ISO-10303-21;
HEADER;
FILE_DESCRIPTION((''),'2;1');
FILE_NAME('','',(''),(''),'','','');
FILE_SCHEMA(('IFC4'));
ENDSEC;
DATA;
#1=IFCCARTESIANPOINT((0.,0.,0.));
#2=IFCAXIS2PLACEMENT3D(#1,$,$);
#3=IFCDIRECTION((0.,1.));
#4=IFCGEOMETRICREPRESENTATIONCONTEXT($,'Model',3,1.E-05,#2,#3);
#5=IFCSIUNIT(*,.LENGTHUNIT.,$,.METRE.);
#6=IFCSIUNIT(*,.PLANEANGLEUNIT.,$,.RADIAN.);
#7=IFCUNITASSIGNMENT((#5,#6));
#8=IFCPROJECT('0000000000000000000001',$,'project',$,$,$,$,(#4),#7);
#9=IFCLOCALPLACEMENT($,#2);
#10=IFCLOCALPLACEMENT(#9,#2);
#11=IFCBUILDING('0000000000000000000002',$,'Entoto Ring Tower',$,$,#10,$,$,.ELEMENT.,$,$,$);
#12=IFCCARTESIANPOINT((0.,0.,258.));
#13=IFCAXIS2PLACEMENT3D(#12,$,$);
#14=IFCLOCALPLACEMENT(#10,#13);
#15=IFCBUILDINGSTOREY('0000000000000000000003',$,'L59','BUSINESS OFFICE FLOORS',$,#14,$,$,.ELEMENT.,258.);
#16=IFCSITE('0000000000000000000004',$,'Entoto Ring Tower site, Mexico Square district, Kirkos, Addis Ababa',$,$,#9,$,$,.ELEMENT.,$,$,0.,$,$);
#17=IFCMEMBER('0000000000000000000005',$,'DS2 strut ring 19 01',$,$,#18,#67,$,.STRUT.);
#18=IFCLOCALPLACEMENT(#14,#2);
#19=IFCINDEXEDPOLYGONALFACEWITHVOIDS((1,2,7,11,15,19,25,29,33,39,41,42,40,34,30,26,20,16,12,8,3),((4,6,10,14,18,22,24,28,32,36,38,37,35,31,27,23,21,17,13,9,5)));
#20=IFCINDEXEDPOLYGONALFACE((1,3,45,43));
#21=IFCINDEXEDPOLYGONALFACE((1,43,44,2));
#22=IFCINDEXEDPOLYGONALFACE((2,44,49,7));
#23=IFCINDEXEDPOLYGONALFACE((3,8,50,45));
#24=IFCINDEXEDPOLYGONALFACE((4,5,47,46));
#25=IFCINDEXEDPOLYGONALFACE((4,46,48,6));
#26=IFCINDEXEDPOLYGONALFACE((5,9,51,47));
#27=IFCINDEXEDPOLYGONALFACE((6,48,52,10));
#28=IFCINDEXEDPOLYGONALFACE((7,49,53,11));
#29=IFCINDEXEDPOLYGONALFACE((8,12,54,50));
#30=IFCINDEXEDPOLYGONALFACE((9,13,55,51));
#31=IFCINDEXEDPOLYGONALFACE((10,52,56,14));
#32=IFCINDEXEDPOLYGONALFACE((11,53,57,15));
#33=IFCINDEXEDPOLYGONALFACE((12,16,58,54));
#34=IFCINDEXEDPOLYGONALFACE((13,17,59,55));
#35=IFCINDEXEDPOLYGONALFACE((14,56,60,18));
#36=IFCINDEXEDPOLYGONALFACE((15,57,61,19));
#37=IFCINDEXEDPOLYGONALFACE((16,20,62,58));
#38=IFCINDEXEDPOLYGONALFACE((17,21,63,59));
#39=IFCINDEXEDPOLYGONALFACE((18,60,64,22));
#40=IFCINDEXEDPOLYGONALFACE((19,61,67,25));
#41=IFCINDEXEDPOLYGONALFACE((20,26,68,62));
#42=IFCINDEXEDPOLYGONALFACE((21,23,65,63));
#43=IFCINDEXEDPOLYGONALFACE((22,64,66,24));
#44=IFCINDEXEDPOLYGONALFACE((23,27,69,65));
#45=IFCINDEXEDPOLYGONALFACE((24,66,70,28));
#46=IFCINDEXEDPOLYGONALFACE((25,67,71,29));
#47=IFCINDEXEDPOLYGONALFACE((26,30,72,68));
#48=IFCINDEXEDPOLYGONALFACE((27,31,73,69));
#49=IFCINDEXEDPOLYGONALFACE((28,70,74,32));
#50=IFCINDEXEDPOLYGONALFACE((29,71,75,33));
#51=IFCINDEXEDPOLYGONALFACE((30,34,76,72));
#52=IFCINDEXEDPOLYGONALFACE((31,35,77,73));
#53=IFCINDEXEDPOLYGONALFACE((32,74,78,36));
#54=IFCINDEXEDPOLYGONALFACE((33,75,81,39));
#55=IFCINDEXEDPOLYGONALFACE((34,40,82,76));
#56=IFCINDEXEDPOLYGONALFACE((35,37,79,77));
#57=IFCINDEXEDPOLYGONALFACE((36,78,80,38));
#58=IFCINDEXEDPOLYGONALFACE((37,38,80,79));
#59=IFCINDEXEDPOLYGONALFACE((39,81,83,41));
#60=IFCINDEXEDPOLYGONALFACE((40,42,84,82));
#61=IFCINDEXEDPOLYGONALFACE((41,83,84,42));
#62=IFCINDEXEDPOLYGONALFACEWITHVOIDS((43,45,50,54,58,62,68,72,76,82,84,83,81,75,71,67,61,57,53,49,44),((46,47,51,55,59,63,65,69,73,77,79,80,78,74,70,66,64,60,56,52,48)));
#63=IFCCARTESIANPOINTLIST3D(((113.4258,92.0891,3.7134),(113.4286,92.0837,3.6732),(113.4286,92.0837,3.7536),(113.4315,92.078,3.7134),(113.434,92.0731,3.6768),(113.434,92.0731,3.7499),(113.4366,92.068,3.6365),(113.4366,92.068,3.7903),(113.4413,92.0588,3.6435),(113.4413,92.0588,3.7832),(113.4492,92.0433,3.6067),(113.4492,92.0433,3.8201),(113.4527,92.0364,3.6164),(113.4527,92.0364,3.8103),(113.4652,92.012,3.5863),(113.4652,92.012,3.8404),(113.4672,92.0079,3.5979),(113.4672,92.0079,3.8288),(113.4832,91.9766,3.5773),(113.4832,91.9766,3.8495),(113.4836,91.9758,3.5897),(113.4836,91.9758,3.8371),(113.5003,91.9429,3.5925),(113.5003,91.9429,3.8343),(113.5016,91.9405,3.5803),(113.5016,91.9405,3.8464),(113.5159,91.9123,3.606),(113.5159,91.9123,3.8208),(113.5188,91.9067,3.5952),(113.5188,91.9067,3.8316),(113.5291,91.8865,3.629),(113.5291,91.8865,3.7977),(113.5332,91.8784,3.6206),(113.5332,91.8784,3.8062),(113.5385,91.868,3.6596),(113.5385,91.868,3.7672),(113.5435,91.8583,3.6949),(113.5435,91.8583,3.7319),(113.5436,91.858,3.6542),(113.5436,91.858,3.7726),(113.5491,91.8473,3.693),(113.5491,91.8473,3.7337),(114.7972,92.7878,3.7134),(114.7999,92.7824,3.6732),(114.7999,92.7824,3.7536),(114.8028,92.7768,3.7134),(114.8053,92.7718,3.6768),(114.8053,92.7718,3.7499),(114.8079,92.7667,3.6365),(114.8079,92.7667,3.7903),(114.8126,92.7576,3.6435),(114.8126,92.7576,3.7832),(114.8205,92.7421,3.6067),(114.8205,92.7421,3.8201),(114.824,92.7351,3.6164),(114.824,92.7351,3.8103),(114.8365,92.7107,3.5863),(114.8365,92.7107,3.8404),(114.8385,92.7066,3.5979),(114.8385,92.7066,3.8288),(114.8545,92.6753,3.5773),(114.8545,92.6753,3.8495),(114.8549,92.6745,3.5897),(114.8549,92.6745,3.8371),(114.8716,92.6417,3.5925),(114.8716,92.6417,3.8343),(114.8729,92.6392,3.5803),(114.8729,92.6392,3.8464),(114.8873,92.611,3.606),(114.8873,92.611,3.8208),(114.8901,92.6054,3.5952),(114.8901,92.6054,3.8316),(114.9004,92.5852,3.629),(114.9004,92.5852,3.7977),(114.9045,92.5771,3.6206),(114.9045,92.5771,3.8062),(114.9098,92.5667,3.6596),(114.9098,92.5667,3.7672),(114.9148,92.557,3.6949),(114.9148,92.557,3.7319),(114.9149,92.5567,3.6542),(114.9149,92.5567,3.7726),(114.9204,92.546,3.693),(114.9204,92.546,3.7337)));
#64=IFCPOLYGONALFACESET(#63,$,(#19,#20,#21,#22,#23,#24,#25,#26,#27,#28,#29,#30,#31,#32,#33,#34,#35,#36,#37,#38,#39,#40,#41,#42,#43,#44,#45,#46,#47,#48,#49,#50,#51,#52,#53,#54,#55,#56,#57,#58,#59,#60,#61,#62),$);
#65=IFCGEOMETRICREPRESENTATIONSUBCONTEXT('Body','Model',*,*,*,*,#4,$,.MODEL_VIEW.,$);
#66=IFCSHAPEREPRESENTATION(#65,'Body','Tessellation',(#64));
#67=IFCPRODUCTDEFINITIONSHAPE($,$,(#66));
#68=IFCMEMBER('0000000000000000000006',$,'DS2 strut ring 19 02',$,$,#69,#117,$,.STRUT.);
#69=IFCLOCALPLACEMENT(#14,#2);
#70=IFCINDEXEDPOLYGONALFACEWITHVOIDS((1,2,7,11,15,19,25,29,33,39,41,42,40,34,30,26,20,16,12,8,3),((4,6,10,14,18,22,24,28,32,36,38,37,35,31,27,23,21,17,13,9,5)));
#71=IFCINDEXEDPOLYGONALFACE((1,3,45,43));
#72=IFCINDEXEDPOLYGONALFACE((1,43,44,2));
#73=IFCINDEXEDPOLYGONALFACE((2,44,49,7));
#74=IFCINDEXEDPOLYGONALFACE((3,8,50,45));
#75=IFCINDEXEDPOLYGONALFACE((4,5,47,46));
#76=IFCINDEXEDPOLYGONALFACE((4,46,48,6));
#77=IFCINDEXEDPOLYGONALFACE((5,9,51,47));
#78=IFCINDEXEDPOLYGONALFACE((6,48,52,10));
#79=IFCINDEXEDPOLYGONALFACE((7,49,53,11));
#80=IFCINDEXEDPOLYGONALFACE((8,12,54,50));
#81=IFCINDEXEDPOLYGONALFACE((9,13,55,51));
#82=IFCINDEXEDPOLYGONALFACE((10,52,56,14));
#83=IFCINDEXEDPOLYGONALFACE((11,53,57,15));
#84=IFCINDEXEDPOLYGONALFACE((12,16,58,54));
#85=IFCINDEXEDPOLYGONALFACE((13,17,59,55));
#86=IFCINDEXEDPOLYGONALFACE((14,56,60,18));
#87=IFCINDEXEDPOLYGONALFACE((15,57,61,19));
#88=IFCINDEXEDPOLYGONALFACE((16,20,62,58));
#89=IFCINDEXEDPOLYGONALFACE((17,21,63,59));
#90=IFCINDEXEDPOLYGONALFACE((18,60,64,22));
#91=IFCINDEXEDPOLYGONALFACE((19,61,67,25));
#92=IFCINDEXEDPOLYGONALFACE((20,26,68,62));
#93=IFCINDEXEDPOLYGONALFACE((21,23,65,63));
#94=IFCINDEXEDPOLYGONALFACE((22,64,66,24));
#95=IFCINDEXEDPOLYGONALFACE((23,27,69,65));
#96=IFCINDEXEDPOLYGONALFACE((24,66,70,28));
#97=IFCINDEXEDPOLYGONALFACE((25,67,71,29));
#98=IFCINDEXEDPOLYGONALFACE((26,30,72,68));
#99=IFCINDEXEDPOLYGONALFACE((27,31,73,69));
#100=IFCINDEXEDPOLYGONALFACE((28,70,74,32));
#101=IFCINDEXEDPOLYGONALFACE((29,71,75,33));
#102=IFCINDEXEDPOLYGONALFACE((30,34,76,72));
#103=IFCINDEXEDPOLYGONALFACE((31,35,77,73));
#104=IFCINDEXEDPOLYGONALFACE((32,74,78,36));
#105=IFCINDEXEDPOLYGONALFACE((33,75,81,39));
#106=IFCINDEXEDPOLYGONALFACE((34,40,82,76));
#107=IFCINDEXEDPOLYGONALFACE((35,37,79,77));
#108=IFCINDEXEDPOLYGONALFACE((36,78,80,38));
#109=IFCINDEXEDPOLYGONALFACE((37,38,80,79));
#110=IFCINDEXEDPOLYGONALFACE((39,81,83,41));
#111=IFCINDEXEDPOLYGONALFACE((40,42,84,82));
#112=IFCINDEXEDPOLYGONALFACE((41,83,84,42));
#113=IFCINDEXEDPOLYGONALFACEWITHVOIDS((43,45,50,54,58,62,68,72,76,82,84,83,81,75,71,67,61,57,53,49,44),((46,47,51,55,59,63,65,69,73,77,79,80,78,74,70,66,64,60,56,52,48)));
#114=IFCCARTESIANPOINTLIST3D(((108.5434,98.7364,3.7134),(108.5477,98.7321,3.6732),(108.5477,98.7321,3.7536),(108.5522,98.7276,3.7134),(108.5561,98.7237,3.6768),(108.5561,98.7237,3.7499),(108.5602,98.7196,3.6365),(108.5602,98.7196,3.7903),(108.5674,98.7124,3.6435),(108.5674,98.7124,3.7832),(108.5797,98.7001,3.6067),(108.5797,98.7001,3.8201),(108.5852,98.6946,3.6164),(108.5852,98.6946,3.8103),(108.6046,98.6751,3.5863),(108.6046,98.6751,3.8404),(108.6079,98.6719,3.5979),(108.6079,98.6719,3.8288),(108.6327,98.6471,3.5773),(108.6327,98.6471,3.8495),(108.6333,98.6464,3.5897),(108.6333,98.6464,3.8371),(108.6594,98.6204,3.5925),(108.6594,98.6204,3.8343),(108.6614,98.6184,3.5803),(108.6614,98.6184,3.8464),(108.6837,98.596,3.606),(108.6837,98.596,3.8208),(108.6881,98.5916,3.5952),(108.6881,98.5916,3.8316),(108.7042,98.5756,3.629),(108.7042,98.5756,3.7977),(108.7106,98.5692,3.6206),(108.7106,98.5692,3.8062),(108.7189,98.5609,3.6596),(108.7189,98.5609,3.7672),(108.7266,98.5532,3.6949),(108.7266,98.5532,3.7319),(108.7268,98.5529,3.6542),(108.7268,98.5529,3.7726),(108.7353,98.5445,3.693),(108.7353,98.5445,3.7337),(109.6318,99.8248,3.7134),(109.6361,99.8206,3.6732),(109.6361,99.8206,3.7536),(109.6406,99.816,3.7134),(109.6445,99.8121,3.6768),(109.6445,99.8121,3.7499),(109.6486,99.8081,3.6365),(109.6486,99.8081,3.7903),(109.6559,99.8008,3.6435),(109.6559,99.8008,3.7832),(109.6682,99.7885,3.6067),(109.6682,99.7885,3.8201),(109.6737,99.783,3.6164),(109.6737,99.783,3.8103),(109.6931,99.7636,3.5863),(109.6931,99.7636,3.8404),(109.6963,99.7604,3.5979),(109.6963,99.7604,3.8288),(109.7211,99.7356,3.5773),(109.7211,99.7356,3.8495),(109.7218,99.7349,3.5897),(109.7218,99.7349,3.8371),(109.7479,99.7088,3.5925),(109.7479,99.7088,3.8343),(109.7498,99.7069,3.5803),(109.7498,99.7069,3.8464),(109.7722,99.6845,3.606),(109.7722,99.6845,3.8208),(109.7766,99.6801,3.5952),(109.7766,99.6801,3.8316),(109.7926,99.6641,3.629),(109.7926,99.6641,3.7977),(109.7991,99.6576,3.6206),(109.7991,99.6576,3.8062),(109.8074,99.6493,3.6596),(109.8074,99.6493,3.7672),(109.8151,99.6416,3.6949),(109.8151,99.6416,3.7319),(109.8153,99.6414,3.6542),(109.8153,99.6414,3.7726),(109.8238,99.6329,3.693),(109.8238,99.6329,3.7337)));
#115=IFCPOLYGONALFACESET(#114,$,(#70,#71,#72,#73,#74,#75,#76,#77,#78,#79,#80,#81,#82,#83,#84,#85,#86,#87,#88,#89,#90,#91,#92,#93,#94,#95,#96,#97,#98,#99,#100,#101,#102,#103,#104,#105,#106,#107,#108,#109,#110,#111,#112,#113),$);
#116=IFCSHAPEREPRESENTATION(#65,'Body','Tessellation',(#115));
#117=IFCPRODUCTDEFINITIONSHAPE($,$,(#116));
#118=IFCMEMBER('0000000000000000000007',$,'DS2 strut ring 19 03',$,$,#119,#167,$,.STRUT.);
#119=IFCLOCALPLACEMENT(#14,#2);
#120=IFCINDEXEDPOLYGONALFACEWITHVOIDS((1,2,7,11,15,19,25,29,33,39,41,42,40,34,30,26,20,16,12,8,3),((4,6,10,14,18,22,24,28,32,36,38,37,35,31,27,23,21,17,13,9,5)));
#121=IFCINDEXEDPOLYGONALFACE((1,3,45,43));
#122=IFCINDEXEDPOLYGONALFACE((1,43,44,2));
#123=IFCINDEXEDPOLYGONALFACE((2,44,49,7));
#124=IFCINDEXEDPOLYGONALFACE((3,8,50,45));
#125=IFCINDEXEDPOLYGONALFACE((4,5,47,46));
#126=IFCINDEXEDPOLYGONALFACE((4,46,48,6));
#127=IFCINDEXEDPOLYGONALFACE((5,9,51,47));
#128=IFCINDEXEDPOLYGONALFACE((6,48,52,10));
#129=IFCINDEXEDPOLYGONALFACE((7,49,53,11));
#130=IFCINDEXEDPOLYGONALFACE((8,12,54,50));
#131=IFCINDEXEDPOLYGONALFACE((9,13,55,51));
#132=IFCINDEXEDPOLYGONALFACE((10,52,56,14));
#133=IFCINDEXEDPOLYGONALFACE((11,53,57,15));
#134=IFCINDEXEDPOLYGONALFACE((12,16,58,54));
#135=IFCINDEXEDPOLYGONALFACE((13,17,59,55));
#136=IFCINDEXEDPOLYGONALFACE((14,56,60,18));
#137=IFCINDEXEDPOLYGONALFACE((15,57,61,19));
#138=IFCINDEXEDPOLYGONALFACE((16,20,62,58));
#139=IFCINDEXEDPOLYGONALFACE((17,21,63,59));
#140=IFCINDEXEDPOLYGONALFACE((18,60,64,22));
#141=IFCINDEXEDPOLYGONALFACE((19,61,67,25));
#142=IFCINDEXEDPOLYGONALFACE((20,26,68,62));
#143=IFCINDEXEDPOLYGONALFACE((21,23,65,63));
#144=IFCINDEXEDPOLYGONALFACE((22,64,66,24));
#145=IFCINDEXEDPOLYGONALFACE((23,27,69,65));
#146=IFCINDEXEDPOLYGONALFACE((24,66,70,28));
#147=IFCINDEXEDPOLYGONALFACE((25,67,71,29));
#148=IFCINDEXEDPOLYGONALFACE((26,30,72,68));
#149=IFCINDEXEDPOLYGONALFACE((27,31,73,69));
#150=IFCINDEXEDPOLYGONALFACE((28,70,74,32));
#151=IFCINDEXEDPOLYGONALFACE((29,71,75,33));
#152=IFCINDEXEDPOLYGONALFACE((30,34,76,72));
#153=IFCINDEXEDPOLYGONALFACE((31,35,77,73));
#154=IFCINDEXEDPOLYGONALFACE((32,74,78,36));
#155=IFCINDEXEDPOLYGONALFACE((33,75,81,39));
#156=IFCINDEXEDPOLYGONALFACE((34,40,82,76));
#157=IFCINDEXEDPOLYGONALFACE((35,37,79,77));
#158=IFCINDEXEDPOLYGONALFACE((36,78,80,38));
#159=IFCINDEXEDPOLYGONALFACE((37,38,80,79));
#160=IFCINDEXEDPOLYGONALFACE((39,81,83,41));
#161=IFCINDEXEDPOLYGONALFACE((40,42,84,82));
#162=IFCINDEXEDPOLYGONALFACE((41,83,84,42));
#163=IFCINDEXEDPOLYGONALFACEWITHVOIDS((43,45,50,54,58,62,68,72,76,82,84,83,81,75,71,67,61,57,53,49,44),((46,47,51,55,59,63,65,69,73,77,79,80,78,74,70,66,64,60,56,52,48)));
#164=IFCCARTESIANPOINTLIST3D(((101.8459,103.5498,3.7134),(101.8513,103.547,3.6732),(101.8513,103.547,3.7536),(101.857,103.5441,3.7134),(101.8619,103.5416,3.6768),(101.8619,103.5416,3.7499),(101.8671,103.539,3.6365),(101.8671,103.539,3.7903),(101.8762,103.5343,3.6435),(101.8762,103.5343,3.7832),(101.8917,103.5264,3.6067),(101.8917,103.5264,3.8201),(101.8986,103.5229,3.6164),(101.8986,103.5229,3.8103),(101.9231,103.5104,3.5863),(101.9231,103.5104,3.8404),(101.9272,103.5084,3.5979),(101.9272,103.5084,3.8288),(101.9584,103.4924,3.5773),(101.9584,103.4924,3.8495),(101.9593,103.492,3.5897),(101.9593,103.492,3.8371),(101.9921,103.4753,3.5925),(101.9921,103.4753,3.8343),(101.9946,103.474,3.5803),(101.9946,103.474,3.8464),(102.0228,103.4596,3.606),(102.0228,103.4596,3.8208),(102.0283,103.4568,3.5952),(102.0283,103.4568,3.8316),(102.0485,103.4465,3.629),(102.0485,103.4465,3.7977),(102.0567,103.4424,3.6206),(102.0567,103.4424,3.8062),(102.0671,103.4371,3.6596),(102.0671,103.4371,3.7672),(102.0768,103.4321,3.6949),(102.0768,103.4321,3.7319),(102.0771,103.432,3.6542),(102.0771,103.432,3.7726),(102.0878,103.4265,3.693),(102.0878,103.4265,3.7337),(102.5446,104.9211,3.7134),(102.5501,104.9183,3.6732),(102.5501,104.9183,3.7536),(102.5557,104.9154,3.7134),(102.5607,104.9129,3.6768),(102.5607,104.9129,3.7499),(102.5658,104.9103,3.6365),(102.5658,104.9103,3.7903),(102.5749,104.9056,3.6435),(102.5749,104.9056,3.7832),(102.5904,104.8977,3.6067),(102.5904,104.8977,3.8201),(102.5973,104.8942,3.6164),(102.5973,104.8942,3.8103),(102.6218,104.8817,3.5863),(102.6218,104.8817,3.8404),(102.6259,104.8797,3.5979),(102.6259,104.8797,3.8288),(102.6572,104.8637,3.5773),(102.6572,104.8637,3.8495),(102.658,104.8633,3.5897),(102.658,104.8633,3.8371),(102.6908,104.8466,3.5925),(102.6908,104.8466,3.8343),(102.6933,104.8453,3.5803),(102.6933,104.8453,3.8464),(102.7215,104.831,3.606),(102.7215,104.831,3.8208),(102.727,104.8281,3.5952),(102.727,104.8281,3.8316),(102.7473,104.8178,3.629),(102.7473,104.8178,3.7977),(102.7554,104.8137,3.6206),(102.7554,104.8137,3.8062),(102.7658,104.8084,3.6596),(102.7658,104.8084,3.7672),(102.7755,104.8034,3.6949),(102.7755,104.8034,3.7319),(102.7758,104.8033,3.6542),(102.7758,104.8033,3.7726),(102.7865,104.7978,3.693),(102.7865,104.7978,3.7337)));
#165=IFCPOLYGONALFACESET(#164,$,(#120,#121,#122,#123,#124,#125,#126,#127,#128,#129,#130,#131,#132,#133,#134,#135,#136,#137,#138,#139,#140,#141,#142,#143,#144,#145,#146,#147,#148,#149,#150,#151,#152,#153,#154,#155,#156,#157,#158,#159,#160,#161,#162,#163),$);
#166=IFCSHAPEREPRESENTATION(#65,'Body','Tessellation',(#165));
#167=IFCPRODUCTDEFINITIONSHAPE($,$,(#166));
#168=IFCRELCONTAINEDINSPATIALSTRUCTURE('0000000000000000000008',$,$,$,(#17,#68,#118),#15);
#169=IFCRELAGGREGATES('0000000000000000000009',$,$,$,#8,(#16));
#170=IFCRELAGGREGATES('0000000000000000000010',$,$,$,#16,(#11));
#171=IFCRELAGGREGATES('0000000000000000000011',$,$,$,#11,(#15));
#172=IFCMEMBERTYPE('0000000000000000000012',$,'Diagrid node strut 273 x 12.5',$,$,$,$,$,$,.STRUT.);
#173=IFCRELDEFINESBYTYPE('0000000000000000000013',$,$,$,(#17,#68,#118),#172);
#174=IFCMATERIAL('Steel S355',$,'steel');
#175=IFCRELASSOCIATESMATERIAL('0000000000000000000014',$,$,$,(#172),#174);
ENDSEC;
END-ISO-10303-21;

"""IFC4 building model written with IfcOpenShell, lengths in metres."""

from ifc_helpers import new_model, si_unit, direction, frame, origin, origin_2d, place, context, subcontext, project, spatial, circle, hollow_circle, extrude, material, material_profile, profile_set, type_object, element, save


model = new_model("IFC4")

# Units and contexts
model_context = context("Model", 3, precision=1e-05, world=origin(), true_north=direction((0.0, 1.0)))
body_context = subcontext(model_context, "Body", "Model", "MODEL_VIEW")
ifc_project = project(units=[si_unit("LENGTHUNIT", "METRE"), si_unit("PLANEANGLEUNIT", "RADIAN")], contexts=[model_context])

# Site, building, storey
site_placement = place(None, origin())
site = spatial("IfcSite", under=ifc_project, at=site_placement, Name="Entoto Ring Tower site, Mexico Square district, Kirkos, Addis Ababa", CompositionType="ELEMENT", RefElevation=0.0)
building_placement = place(site_placement, origin())
building = spatial("IfcBuilding", under=site, at=building_placement, Name="Entoto Ring Tower", CompositionType="ELEMENT")
storey_placement = place(building_placement, frame((0.0, 0.0, 258.0)))
storey = spatial("IfcBuildingStorey", under=building, at=storey_placement, Name="L59", Description="BUSINESS OFFICE FLOORS", CompositionType="ELEMENT", Elevation=258.0)

# Members
ifc_material_1 = material(Name="Steel S355", Category="steel")
ifc_material_profile_1 = material_profile(ifc_material_1, hollow_circle(Radius=0.1365, WallThickness=0.0125, at=origin_2d()), Name="CHS 273 x 12.5")
ifc_material_2 = material(Name="Concrete C60/75", Category="concrete")
ifc_material_profile_2 = material_profile(ifc_material_2, circle(Radius=0.124, at=origin_2d()), Name="Concrete C60/75 infill")
ifc_profile_set_1 = profile_set([ifc_material_profile_1, ifc_material_profile_2], Name="Steel S355")
member_type = type_object("IfcMemberType", Name="Diagrid node strut 273 x 12.5", PredefinedType="STRUT", material=ifc_profile_set_1)
member_1_placement = place(storey_placement, frame((113.4878, 91.9675, 3.7134), z_axis=(0.891007, 0.45399, 0.0), x_axis=(-0.45399, 0.891007, 0.0)))
element("IfcMember", 1, at=member_1_placement, inside=storey, type_object=member_type, Name="DS2 strut ring 19 01", PredefinedType="STRUT", context=body_context, shape_type="SweptSolid", body=[
    extrude(hollow_circle(Radius=0.1365, WallThickness=0.0125, at=origin_2d()), origin(), (0.0, 0.0, 1.0), 1.5391),
])
member_2_placement = place(storey_placement, frame((108.6399, 98.6399, 3.7134), z_axis=(0.707107, 0.707107, 0.0), x_axis=(-0.707107, 0.707107, 0.0)))
element("IfcMember", 2, at=member_2_placement, inside=storey, type_object=member_type, Name="DS2 strut ring 19 02", PredefinedType="STRUT", context=body_context, shape_type="SweptSolid", body=[
    extrude(hollow_circle(Radius=0.1365, WallThickness=0.0125, at=origin_2d()), origin(), (0.0, 0.0, 1.0), 1.5393),
])
for number, where, z_axis, x_axis, name in (
    (3, (101.9675, 103.4878, 3.7134), (0.45399, 0.891007, 0.0), (-0.891007, 0.45399, 0.0), "DS2 strut ring 19 03"),
):
    element("IfcMember", number, at=place(storey_placement, frame(where, z_axis=z_axis, x_axis=x_axis)), inside=storey, type_object=member_type, Name=name, PredefinedType="STRUT", context=body_context, shape_type="SweptSolid", body=[
        extrude(hollow_circle(Radius=0.1365, WallThickness=0.0125, at=origin_2d()), origin(), (0.0, 0.0, 1.0), 1.5391),
    ])

save(model, "model.ifc")
